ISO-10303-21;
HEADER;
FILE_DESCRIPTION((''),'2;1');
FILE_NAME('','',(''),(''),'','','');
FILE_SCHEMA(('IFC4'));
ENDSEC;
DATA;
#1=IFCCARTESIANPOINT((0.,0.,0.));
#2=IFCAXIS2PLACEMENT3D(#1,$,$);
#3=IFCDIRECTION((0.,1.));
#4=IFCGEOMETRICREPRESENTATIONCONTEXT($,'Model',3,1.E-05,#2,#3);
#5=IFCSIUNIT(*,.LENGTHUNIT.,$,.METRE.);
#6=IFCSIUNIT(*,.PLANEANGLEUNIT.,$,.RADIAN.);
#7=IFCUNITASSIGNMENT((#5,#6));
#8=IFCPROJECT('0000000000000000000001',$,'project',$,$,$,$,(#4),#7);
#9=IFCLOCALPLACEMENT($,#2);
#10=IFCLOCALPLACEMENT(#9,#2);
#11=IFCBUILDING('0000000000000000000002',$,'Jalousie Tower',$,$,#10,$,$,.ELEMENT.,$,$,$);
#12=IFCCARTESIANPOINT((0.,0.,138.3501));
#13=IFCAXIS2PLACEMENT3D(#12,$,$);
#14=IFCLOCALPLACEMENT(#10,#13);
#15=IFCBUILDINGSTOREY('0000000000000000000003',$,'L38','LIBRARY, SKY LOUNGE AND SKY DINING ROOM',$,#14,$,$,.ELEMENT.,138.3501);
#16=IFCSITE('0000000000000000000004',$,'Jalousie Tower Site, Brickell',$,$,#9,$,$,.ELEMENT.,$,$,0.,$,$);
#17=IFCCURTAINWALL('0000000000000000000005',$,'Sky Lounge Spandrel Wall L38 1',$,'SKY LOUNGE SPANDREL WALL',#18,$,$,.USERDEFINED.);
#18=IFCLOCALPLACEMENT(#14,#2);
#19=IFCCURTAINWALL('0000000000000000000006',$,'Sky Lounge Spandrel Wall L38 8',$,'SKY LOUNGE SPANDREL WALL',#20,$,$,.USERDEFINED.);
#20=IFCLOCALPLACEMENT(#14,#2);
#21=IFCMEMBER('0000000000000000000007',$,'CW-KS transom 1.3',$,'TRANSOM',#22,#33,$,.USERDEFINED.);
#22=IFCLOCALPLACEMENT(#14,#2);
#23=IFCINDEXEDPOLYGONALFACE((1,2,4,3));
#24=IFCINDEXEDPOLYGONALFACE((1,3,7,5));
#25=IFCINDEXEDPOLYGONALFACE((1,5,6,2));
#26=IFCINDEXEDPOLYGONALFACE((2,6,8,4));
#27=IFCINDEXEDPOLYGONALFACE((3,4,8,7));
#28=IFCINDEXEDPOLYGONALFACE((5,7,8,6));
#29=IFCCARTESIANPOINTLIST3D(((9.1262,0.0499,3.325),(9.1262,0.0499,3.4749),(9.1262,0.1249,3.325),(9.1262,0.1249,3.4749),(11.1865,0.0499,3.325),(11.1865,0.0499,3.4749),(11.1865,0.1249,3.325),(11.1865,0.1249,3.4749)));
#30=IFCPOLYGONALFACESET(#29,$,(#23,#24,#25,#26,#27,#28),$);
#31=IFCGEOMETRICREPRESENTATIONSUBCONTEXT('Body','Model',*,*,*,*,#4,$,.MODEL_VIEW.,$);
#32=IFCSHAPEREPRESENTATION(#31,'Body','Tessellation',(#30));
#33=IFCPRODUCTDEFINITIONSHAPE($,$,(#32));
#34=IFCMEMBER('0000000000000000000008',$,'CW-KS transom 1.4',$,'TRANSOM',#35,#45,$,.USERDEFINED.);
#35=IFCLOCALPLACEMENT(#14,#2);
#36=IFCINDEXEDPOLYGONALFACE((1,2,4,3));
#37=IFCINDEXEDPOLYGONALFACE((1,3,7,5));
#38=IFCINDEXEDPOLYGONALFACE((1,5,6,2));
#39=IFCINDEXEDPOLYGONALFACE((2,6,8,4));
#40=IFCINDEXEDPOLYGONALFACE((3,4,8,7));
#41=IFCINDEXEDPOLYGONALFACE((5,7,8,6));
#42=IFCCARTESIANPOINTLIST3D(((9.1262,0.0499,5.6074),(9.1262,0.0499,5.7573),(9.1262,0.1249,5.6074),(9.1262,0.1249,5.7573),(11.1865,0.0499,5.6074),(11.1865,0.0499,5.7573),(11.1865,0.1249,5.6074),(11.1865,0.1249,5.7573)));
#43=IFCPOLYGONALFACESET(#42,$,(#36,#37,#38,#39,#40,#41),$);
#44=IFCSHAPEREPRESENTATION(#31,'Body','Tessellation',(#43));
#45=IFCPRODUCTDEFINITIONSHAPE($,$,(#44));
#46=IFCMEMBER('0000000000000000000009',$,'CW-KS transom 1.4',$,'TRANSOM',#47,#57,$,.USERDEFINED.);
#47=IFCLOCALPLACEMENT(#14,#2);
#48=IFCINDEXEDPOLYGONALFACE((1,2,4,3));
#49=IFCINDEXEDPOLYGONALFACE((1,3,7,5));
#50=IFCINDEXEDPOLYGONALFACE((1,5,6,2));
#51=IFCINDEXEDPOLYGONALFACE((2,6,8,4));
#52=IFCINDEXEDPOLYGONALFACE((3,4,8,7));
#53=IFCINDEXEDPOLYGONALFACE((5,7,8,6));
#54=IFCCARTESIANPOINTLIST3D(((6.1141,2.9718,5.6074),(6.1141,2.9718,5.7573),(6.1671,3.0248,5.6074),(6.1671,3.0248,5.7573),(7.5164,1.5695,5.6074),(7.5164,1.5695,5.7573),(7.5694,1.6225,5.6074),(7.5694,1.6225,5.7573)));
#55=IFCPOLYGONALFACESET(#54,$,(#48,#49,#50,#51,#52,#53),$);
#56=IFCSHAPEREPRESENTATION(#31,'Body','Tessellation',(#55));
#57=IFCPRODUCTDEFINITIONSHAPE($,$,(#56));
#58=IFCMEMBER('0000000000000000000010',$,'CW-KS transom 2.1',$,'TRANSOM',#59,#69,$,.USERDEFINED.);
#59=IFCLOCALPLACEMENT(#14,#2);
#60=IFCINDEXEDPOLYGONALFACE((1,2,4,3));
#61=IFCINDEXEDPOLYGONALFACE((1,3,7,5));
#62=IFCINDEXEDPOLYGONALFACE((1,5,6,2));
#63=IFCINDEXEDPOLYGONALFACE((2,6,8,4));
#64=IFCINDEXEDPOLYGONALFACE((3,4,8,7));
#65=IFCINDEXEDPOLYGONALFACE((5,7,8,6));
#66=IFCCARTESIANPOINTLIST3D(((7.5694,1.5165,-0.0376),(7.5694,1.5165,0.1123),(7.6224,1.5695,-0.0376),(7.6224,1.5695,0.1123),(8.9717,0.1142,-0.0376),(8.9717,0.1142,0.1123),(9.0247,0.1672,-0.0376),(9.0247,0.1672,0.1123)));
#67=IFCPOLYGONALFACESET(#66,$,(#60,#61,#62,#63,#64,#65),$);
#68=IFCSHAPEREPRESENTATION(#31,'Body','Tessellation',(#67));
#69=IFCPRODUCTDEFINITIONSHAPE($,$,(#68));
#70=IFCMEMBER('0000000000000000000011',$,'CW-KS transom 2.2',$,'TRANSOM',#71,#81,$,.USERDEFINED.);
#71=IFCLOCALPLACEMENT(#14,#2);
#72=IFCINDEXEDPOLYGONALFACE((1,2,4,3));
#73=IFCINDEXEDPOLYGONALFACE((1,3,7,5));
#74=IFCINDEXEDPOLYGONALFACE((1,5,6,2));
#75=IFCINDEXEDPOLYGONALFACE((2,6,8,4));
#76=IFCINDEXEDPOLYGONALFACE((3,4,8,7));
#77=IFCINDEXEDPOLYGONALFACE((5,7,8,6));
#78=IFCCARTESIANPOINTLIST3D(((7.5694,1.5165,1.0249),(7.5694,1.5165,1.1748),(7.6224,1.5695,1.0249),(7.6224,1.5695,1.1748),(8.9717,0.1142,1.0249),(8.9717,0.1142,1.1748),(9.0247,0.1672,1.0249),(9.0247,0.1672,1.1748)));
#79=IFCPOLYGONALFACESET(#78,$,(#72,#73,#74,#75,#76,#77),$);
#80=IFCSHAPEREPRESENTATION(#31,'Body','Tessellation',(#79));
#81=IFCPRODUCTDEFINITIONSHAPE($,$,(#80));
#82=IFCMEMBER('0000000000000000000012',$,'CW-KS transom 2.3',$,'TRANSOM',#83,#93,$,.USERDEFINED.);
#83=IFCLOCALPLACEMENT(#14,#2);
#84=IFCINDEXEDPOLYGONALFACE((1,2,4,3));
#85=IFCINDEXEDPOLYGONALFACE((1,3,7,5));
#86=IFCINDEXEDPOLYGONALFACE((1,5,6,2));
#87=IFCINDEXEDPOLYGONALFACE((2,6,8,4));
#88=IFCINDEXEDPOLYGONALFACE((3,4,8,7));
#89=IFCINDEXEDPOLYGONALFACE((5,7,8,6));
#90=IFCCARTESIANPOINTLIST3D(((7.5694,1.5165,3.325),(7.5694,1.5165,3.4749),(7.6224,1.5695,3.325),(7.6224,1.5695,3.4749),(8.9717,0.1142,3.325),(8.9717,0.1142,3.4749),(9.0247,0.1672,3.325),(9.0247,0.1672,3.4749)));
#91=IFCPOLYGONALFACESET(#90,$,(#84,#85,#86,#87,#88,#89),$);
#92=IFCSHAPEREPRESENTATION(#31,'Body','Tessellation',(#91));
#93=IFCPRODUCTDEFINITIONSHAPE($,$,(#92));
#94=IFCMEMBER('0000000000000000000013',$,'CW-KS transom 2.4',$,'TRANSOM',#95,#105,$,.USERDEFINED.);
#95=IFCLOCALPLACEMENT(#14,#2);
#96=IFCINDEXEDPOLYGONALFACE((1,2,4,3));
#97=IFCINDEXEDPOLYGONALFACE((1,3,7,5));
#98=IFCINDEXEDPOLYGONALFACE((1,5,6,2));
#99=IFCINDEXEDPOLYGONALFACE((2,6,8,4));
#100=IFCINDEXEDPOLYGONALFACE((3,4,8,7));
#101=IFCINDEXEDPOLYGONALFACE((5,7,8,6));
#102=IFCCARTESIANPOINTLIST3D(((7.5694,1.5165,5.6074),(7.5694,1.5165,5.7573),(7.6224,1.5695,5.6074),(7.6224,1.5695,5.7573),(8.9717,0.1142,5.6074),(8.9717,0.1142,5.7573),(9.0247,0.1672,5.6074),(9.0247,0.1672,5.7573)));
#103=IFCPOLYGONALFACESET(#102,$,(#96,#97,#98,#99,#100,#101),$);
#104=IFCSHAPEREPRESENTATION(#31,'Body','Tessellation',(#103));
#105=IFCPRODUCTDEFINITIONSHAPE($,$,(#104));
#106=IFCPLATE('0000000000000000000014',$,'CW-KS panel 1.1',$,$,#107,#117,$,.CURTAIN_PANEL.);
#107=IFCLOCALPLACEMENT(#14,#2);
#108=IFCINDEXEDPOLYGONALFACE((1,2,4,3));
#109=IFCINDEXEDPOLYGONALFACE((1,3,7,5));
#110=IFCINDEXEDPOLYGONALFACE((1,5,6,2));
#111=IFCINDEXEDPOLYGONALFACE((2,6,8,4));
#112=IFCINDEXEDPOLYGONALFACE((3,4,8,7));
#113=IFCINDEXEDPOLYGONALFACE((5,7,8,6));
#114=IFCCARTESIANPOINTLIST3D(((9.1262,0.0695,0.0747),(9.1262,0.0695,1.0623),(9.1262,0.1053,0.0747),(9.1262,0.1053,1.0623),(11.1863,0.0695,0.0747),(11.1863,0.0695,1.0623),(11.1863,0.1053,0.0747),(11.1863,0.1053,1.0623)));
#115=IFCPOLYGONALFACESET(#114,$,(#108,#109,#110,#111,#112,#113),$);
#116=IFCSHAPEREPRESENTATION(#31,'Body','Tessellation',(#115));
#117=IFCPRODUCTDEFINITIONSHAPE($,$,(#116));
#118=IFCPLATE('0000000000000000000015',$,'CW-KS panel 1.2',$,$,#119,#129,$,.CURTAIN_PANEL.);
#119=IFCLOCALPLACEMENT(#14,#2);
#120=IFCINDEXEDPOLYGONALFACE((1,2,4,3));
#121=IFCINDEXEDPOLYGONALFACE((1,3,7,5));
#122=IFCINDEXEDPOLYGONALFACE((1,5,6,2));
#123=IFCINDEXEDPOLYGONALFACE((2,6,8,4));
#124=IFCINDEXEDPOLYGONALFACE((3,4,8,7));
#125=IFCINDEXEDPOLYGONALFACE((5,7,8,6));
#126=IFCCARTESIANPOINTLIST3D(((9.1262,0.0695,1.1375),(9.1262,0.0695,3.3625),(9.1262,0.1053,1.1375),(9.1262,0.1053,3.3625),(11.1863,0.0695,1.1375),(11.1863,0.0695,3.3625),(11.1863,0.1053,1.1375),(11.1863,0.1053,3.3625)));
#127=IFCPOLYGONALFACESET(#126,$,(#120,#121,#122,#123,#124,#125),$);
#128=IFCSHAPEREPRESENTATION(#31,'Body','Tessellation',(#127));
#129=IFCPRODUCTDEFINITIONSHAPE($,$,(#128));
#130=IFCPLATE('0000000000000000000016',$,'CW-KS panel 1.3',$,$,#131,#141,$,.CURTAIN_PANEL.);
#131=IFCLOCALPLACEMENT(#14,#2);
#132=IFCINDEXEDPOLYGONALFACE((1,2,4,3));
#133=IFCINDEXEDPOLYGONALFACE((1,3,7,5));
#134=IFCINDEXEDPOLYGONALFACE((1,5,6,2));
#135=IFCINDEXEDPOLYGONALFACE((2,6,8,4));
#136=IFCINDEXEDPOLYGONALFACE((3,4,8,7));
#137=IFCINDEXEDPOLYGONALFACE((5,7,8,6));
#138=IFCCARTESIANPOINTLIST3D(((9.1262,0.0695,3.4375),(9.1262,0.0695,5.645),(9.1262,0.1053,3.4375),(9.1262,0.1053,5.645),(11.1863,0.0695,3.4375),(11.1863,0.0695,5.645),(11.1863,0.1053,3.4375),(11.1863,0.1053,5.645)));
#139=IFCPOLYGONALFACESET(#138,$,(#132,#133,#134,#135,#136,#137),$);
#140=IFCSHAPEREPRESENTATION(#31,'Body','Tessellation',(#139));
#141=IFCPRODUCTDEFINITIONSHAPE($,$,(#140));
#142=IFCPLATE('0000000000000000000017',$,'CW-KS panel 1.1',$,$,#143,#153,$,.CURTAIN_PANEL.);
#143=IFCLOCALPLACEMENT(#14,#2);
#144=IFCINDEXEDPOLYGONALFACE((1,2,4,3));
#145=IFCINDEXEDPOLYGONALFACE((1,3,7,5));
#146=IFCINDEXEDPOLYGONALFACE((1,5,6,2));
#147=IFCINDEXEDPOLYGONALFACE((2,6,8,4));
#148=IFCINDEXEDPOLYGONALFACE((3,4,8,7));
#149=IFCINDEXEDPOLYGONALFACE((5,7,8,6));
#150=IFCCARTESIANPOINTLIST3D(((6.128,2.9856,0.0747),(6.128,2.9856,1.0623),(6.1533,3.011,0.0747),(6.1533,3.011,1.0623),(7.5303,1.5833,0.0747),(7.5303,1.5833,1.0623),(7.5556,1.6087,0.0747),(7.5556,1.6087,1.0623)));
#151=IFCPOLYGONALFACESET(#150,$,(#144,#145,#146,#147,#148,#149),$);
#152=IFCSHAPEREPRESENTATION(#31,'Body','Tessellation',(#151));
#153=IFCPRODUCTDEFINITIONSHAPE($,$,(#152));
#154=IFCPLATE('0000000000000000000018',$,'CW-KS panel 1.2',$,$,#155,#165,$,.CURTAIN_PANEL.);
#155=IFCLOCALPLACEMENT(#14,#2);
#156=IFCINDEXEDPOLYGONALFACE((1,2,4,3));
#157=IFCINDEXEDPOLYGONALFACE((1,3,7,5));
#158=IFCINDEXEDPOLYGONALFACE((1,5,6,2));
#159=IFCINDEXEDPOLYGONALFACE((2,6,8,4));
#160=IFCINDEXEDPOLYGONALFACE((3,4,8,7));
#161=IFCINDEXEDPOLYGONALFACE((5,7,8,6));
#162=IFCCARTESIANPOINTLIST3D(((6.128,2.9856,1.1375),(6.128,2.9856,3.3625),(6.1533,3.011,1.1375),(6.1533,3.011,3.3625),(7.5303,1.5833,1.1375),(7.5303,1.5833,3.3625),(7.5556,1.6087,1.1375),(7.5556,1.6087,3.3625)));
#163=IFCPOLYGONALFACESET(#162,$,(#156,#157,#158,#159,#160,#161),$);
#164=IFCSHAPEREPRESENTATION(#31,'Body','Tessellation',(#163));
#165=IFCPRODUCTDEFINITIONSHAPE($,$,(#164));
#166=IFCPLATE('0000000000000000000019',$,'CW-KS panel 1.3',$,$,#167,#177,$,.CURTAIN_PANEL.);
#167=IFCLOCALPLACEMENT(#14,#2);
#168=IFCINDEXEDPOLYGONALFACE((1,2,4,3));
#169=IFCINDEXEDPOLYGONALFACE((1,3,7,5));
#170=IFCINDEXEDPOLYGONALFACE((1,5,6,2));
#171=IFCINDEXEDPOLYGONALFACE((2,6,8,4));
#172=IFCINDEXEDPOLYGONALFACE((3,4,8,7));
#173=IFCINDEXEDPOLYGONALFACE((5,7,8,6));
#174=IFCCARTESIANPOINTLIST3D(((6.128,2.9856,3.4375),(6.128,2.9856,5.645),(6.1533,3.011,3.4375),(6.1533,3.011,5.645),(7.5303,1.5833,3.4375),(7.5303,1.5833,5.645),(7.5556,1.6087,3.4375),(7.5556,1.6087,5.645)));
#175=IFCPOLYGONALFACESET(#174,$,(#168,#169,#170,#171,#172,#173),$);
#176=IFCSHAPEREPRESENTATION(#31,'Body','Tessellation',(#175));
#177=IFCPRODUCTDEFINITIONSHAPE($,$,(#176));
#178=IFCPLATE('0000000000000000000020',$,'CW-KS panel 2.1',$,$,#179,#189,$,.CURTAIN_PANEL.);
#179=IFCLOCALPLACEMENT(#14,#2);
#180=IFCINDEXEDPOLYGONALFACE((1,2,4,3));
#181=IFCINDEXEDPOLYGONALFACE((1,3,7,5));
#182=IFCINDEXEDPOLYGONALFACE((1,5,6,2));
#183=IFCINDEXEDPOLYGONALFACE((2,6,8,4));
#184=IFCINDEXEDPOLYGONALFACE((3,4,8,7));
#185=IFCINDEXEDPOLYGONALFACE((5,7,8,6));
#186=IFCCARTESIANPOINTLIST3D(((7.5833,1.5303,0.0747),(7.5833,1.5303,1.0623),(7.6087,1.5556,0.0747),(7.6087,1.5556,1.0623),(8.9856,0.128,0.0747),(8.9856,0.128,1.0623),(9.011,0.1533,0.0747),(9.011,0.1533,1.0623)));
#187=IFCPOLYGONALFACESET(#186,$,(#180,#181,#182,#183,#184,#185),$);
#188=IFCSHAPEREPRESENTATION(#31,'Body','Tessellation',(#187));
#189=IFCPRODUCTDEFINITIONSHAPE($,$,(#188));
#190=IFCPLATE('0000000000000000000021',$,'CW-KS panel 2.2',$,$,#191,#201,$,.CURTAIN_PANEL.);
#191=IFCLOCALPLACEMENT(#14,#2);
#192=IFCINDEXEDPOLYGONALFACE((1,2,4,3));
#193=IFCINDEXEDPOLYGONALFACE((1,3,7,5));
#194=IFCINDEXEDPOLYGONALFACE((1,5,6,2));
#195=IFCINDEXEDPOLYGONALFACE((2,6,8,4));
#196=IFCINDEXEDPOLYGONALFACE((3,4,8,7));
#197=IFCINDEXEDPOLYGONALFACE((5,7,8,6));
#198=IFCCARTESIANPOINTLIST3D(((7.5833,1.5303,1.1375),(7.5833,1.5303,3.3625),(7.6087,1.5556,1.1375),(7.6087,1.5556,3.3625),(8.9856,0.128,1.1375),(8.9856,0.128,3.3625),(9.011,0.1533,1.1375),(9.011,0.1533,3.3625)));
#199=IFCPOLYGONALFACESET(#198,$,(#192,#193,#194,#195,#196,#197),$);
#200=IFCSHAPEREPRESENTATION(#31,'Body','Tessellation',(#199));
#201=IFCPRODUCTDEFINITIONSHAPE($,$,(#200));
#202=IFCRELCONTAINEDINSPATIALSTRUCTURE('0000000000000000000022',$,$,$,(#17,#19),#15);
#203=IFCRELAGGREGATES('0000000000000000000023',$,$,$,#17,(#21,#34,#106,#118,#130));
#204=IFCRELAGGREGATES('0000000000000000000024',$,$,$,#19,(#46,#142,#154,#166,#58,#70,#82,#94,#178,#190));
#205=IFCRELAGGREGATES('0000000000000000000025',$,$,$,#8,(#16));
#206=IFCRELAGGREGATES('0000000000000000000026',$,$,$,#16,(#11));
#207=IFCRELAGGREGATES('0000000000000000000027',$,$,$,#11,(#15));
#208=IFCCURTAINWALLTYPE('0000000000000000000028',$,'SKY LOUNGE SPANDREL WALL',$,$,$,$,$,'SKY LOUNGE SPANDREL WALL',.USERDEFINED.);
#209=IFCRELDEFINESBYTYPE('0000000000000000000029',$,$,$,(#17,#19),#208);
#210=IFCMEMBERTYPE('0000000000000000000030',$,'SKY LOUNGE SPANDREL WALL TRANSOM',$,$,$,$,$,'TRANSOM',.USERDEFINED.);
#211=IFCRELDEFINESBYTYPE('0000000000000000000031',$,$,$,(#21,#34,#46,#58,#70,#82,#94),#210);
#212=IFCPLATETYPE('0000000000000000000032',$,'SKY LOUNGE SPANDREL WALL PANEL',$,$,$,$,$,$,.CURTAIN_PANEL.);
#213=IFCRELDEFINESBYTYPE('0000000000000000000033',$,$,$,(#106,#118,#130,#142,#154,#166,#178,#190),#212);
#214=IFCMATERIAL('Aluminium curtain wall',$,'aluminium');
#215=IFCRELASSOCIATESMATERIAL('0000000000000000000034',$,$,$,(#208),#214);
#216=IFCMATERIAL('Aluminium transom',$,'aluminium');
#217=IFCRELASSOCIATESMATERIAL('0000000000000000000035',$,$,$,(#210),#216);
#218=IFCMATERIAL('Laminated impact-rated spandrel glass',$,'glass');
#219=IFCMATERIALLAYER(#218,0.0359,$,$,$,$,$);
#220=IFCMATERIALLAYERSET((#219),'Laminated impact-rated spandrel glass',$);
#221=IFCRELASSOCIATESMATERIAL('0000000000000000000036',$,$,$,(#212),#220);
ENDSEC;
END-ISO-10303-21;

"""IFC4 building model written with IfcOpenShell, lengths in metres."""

from ifc_helpers import new_model, si_unit, direction, frame, origin, origin_2d, place, context, subcontext, project, spatial, rectangle, extrude, material, layer, layer_set, material_profile, profile_set, type_object, element, aggregate, save


model = new_model("IFC4")

# Units and contexts
model_context = context("Model", 3, precision=1e-05, world=origin(), true_north=direction((0.0, 1.0)))
body_context = subcontext(model_context, "Body", "Model", "MODEL_VIEW")
ifc_project = project(units=[si_unit("LENGTHUNIT", "METRE"), si_unit("PLANEANGLEUNIT", "RADIAN")], contexts=[model_context])

# Site, building, storey
site_placement = place(None, origin())
site = spatial("IfcSite", under=ifc_project, at=site_placement, Name="Jalousie Tower Site, Brickell", CompositionType="ELEMENT", RefElevation=0.0)
building_placement = place(site_placement, origin())
building = spatial("IfcBuilding", under=site, at=building_placement, Name="Jalousie Tower", CompositionType="ELEMENT")
storey_placement = place(building_placement, frame((0.0, 0.0, 138.3501)))
storey = spatial("IfcBuildingStorey", under=building, at=storey_placement, Name="L38", Description="LIBRARY, SKY LOUNGE AND SKY DINING ROOM", CompositionType="ELEMENT", Elevation=138.3501)

# Curtain wall
ifc_material_1 = material(Name="Aluminium curtain wall", Category="aluminium")
curtain_wall_type = type_object("IfcCurtainWallType", Name="SKY LOUNGE SPANDREL WALL", ElementType="SKY LOUNGE SPANDREL WALL", PredefinedType="USERDEFINED", material=ifc_material_1)
curtain_wall_1_placement = place(storey_placement, origin())
curtain_wall_1 = element("IfcCurtainWall", 1, at=curtain_wall_1_placement, inside=storey, type_object=curtain_wall_type, Name="Sky Lounge Spandrel Wall L38 1", ObjectType="SKY LOUNGE SPANDREL WALL", PredefinedType="USERDEFINED")

# Curtain wall
curtain_wall_2_placement = place(storey_placement, origin())
curtain_wall_2 = element("IfcCurtainWall", 2, at=curtain_wall_2_placement, inside=storey, type_object=curtain_wall_type, Name="Sky Lounge Spandrel Wall L38 8", ObjectType="SKY LOUNGE SPANDREL WALL", PredefinedType="USERDEFINED")

# Members
ifc_material_2 = material(Name="Aluminium transom", Category="aluminium")
ifc_material_profile_1 = material_profile(ifc_material_2, rectangle(XDim=0.075, YDim=0.1499, at=origin_2d()), Name="TRANSOM 75x150")
ifc_profile_set_1 = profile_set([ifc_material_profile_1], Name="Aluminium transom")
member_type_1 = type_object("IfcMemberType", Name="SKY LOUNGE SPANDREL WALL TRANSOM", ElementType="TRANSOM", PredefinedType="USERDEFINED", material=ifc_profile_set_1)
member_1_placement = place(storey_placement, frame((9.1262, 0.0874, 3.3999), z_axis=(1.0, 0.0, 0.0), x_axis=(0.0, 1.0, 0.0)))
member_1 = element("IfcMember", 3, at=member_1_placement, type_object=member_type_1, Name="CW-KS transom 1.3", ObjectType="TRANSOM", PredefinedType="USERDEFINED", context=body_context, shape_type="SweptSolid", body=[
    extrude(rectangle(XDim=0.075, YDim=0.1499, at=origin_2d()), origin(), (0.0, 0.0, 1.0), 2.0603),
])
member_2_placement = place(storey_placement, frame((9.1262, 0.0874, 5.6824), z_axis=(1.0, 0.0, 0.0), x_axis=(0.0, 1.0, 0.0)))
member_2 = element("IfcMember", 4, at=member_2_placement, type_object=member_type_1, Name="CW-KS transom 1.4", ObjectType="TRANSOM", PredefinedType="USERDEFINED", context=body_context, shape_type="SweptSolid", body=[
    extrude(rectangle(XDim=0.075, YDim=0.1499, at=origin_2d()), origin(), (0.0, 0.0, 1.0), 2.0603),
])
member_3_placement = place(storey_placement, frame((6.1406, 2.9983, 5.6824), z_axis=(0.707107, -0.707107, 0.0), x_axis=(0.707107, 0.707107, 0.0)))
member_3 = element("IfcMember", 5, at=member_3_placement, type_object=member_type_1, Name="CW-KS transom 1.4", ObjectType="TRANSOM", PredefinedType="USERDEFINED", context=body_context, shape_type="SweptSolid", body=[
    extrude(rectangle(XDim=0.075, YDim=0.1499, at=origin_2d()), origin(), (0.0, 0.0, 1.0), 1.9832),
])
member_4_placement = place(storey_placement, frame((7.5959, 1.543, 0.0374), z_axis=(0.707107, -0.707107, 0.0), x_axis=(0.707107, 0.707107, 0.0)))
member_4 = element("IfcMember", 6, at=member_4_placement, type_object=member_type_1, Name="CW-KS transom 2.1", ObjectType="TRANSOM", PredefinedType="USERDEFINED", context=body_context, shape_type="SweptSolid", body=[
    extrude(rectangle(XDim=0.075, YDim=0.1499, at=origin_2d()), origin(), (0.0, 0.0, 1.0), 1.9832),
])
member_5_placement = place(storey_placement, frame((7.5959, 1.543, 1.0999), z_axis=(0.707107, -0.707107, 0.0), x_axis=(0.707107, 0.707107, 0.0)))
member_5 = element("IfcMember", 7, at=member_5_placement, type_object=member_type_1, Name="CW-KS transom 2.2", ObjectType="TRANSOM", PredefinedType="USERDEFINED", context=body_context, shape_type="SweptSolid", body=[
    extrude(rectangle(XDim=0.075, YDim=0.1499, at=origin_2d()), origin(), (0.0, 0.0, 1.0), 1.9832),
])
member_6_placement = place(storey_placement, frame((7.5959, 1.543, 3.3999), z_axis=(0.707107, -0.707107, 0.0), x_axis=(0.707107, 0.707107, 0.0)))
member_6 = element("IfcMember", 8, at=member_6_placement, type_object=member_type_1, Name="CW-KS transom 2.3", ObjectType="TRANSOM", PredefinedType="USERDEFINED", context=body_context, shape_type="SweptSolid", body=[
    extrude(rectangle(XDim=0.075, YDim=0.1499, at=origin_2d()), origin(), (0.0, 0.0, 1.0), 1.9832),
])
member_7_placement = place(storey_placement, frame((7.5959, 1.543, 5.6824), z_axis=(0.707107, -0.707107, 0.0), x_axis=(0.707107, 0.707107, 0.0)))
member_7 = element("IfcMember", 9, at=member_7_placement, type_object=member_type_1, Name="CW-KS transom 2.4", ObjectType="TRANSOM", PredefinedType="USERDEFINED", context=body_context, shape_type="SweptSolid", body=[
    extrude(rectangle(XDim=0.075, YDim=0.1499, at=origin_2d()), origin(), (0.0, 0.0, 1.0), 1.9832),
])

# Plates
ifc_material_3 = material(Name="Laminated impact-rated spandrel glass", Category="glass")
ifc_layer = layer(ifc_material_3, 0.0359)
ifc_layer_set = layer_set([ifc_layer], Name="Laminated impact-rated spandrel glass")
plate_type = type_object("IfcPlateType", Name="SKY LOUNGE SPANDREL WALL PANEL", PredefinedType="CURTAIN_PANEL", material=ifc_layer_set)
plate_1_placement = place(storey_placement, frame((10.1562, 0.0874, 0.0747), z_axis=(0.0, 0.0, 1.0), x_axis=(1.0, 0.0, 0.0)))
plate_1 = element("IfcPlate", 10, at=plate_1_placement, type_object=plate_type, Name="CW-KS panel 1.1", PredefinedType="CURTAIN_PANEL", context=body_context, shape_type="SweptSolid", body=[
    extrude(rectangle(XDim=2.0601, YDim=0.0359, at=origin_2d()), origin(), (0.0, 0.0, 1.0), 0.9875),
])
plate_2_placement = place(storey_placement, frame((10.1562, 0.0874, 1.1375), z_axis=(0.0, 0.0, 1.0), x_axis=(1.0, 0.0, 0.0)))
plate_2 = element("IfcPlate", 11, at=plate_2_placement, type_object=plate_type, Name="CW-KS panel 1.2", PredefinedType="CURTAIN_PANEL", context=body_context, shape_type="SweptSolid", body=[
    extrude(rectangle(XDim=2.0601, YDim=0.0359, at=origin_2d()), origin(), (0.0, 0.0, 1.0), 2.2251),
])
plate_3_placement = place(storey_placement, frame((10.1562, 0.0874, 3.4375), z_axis=(0.0, 0.0, 1.0), x_axis=(1.0, 0.0, 0.0)))
plate_3 = element("IfcPlate", 12, at=plate_3_placement, type_object=plate_type, Name="CW-KS panel 1.3", PredefinedType="CURTAIN_PANEL", context=body_context, shape_type="SweptSolid", body=[
    extrude(rectangle(XDim=2.0601, YDim=0.0359, at=origin_2d()), origin(), (0.0, 0.0, 1.0), 2.2075),
])
aggregate(curtain_wall_1, [member_1, member_2, plate_1, plate_2, plate_3])
plate_4_placement = place(storey_placement, frame((6.8418, 2.2971, 0.0747), z_axis=(0.0, 0.0, 1.0), x_axis=(0.707107, -0.707107, 0.0)))
plate_4 = element("IfcPlate", 13, at=plate_4_placement, type_object=plate_type, Name="CW-KS panel 1.1", PredefinedType="CURTAIN_PANEL", context=body_context, shape_type="SweptSolid", body=[
    extrude(rectangle(XDim=1.9832, YDim=0.0359, at=origin_2d()), origin(), (0.0, 0.0, 1.0), 0.9875),
])
plate_5_placement = place(storey_placement, frame((6.8418, 2.2971, 1.1375), z_axis=(0.0, 0.0, 1.0), x_axis=(0.707107, -0.707107, 0.0)))
plate_5 = element("IfcPlate", 14, at=plate_5_placement, type_object=plate_type, Name="CW-KS panel 1.2", PredefinedType="CURTAIN_PANEL", context=body_context, shape_type="SweptSolid", body=[
    extrude(rectangle(XDim=1.9832, YDim=0.0359, at=origin_2d()), origin(), (0.0, 0.0, 1.0), 2.2251),
])
plate_6_placement = place(storey_placement, frame((6.8418, 2.2971, 3.4375), z_axis=(0.0, 0.0, 1.0), x_axis=(0.707107, -0.707107, 0.0)))
plate_6 = element("IfcPlate", 15, at=plate_6_placement, type_object=plate_type, Name="CW-KS panel 1.3", PredefinedType="CURTAIN_PANEL", context=body_context, shape_type="SweptSolid", body=[
    extrude(rectangle(XDim=1.9832, YDim=0.0359, at=origin_2d()), origin(), (0.0, 0.0, 1.0), 2.2075),
])
plate_7_placement = place(storey_placement, frame((8.2971, 0.8418, 0.0747), z_axis=(0.0, 0.0, 1.0), x_axis=(0.707107, -0.707107, 0.0)))
plate_7 = element("IfcPlate", 16, at=plate_7_placement, type_object=plate_type, Name="CW-KS panel 2.1", PredefinedType="CURTAIN_PANEL", context=body_context, shape_type="SweptSolid", body=[
    extrude(rectangle(XDim=1.9832, YDim=0.0359, at=origin_2d()), origin(), (0.0, 0.0, 1.0), 0.9875),
])
plate_8_placement = place(storey_placement, frame((8.2971, 0.8418, 1.1375), z_axis=(0.0, 0.0, 1.0), x_axis=(0.707107, -0.707107, 0.0)))
plate_8 = element("IfcPlate", 17, at=plate_8_placement, type_object=plate_type, Name="CW-KS panel 2.2", PredefinedType="CURTAIN_PANEL", context=body_context, shape_type="SweptSolid", body=[
    extrude(rectangle(XDim=1.9832, YDim=0.0359, at=origin_2d()), origin(), (0.0, 0.0, 1.0), 2.2251),
])
aggregate(curtain_wall_2, [member_3, plate_4, plate_5, plate_6, member_4, member_5, member_6, member_7, plate_7, plate_8])

save(model, "model.ifc")
